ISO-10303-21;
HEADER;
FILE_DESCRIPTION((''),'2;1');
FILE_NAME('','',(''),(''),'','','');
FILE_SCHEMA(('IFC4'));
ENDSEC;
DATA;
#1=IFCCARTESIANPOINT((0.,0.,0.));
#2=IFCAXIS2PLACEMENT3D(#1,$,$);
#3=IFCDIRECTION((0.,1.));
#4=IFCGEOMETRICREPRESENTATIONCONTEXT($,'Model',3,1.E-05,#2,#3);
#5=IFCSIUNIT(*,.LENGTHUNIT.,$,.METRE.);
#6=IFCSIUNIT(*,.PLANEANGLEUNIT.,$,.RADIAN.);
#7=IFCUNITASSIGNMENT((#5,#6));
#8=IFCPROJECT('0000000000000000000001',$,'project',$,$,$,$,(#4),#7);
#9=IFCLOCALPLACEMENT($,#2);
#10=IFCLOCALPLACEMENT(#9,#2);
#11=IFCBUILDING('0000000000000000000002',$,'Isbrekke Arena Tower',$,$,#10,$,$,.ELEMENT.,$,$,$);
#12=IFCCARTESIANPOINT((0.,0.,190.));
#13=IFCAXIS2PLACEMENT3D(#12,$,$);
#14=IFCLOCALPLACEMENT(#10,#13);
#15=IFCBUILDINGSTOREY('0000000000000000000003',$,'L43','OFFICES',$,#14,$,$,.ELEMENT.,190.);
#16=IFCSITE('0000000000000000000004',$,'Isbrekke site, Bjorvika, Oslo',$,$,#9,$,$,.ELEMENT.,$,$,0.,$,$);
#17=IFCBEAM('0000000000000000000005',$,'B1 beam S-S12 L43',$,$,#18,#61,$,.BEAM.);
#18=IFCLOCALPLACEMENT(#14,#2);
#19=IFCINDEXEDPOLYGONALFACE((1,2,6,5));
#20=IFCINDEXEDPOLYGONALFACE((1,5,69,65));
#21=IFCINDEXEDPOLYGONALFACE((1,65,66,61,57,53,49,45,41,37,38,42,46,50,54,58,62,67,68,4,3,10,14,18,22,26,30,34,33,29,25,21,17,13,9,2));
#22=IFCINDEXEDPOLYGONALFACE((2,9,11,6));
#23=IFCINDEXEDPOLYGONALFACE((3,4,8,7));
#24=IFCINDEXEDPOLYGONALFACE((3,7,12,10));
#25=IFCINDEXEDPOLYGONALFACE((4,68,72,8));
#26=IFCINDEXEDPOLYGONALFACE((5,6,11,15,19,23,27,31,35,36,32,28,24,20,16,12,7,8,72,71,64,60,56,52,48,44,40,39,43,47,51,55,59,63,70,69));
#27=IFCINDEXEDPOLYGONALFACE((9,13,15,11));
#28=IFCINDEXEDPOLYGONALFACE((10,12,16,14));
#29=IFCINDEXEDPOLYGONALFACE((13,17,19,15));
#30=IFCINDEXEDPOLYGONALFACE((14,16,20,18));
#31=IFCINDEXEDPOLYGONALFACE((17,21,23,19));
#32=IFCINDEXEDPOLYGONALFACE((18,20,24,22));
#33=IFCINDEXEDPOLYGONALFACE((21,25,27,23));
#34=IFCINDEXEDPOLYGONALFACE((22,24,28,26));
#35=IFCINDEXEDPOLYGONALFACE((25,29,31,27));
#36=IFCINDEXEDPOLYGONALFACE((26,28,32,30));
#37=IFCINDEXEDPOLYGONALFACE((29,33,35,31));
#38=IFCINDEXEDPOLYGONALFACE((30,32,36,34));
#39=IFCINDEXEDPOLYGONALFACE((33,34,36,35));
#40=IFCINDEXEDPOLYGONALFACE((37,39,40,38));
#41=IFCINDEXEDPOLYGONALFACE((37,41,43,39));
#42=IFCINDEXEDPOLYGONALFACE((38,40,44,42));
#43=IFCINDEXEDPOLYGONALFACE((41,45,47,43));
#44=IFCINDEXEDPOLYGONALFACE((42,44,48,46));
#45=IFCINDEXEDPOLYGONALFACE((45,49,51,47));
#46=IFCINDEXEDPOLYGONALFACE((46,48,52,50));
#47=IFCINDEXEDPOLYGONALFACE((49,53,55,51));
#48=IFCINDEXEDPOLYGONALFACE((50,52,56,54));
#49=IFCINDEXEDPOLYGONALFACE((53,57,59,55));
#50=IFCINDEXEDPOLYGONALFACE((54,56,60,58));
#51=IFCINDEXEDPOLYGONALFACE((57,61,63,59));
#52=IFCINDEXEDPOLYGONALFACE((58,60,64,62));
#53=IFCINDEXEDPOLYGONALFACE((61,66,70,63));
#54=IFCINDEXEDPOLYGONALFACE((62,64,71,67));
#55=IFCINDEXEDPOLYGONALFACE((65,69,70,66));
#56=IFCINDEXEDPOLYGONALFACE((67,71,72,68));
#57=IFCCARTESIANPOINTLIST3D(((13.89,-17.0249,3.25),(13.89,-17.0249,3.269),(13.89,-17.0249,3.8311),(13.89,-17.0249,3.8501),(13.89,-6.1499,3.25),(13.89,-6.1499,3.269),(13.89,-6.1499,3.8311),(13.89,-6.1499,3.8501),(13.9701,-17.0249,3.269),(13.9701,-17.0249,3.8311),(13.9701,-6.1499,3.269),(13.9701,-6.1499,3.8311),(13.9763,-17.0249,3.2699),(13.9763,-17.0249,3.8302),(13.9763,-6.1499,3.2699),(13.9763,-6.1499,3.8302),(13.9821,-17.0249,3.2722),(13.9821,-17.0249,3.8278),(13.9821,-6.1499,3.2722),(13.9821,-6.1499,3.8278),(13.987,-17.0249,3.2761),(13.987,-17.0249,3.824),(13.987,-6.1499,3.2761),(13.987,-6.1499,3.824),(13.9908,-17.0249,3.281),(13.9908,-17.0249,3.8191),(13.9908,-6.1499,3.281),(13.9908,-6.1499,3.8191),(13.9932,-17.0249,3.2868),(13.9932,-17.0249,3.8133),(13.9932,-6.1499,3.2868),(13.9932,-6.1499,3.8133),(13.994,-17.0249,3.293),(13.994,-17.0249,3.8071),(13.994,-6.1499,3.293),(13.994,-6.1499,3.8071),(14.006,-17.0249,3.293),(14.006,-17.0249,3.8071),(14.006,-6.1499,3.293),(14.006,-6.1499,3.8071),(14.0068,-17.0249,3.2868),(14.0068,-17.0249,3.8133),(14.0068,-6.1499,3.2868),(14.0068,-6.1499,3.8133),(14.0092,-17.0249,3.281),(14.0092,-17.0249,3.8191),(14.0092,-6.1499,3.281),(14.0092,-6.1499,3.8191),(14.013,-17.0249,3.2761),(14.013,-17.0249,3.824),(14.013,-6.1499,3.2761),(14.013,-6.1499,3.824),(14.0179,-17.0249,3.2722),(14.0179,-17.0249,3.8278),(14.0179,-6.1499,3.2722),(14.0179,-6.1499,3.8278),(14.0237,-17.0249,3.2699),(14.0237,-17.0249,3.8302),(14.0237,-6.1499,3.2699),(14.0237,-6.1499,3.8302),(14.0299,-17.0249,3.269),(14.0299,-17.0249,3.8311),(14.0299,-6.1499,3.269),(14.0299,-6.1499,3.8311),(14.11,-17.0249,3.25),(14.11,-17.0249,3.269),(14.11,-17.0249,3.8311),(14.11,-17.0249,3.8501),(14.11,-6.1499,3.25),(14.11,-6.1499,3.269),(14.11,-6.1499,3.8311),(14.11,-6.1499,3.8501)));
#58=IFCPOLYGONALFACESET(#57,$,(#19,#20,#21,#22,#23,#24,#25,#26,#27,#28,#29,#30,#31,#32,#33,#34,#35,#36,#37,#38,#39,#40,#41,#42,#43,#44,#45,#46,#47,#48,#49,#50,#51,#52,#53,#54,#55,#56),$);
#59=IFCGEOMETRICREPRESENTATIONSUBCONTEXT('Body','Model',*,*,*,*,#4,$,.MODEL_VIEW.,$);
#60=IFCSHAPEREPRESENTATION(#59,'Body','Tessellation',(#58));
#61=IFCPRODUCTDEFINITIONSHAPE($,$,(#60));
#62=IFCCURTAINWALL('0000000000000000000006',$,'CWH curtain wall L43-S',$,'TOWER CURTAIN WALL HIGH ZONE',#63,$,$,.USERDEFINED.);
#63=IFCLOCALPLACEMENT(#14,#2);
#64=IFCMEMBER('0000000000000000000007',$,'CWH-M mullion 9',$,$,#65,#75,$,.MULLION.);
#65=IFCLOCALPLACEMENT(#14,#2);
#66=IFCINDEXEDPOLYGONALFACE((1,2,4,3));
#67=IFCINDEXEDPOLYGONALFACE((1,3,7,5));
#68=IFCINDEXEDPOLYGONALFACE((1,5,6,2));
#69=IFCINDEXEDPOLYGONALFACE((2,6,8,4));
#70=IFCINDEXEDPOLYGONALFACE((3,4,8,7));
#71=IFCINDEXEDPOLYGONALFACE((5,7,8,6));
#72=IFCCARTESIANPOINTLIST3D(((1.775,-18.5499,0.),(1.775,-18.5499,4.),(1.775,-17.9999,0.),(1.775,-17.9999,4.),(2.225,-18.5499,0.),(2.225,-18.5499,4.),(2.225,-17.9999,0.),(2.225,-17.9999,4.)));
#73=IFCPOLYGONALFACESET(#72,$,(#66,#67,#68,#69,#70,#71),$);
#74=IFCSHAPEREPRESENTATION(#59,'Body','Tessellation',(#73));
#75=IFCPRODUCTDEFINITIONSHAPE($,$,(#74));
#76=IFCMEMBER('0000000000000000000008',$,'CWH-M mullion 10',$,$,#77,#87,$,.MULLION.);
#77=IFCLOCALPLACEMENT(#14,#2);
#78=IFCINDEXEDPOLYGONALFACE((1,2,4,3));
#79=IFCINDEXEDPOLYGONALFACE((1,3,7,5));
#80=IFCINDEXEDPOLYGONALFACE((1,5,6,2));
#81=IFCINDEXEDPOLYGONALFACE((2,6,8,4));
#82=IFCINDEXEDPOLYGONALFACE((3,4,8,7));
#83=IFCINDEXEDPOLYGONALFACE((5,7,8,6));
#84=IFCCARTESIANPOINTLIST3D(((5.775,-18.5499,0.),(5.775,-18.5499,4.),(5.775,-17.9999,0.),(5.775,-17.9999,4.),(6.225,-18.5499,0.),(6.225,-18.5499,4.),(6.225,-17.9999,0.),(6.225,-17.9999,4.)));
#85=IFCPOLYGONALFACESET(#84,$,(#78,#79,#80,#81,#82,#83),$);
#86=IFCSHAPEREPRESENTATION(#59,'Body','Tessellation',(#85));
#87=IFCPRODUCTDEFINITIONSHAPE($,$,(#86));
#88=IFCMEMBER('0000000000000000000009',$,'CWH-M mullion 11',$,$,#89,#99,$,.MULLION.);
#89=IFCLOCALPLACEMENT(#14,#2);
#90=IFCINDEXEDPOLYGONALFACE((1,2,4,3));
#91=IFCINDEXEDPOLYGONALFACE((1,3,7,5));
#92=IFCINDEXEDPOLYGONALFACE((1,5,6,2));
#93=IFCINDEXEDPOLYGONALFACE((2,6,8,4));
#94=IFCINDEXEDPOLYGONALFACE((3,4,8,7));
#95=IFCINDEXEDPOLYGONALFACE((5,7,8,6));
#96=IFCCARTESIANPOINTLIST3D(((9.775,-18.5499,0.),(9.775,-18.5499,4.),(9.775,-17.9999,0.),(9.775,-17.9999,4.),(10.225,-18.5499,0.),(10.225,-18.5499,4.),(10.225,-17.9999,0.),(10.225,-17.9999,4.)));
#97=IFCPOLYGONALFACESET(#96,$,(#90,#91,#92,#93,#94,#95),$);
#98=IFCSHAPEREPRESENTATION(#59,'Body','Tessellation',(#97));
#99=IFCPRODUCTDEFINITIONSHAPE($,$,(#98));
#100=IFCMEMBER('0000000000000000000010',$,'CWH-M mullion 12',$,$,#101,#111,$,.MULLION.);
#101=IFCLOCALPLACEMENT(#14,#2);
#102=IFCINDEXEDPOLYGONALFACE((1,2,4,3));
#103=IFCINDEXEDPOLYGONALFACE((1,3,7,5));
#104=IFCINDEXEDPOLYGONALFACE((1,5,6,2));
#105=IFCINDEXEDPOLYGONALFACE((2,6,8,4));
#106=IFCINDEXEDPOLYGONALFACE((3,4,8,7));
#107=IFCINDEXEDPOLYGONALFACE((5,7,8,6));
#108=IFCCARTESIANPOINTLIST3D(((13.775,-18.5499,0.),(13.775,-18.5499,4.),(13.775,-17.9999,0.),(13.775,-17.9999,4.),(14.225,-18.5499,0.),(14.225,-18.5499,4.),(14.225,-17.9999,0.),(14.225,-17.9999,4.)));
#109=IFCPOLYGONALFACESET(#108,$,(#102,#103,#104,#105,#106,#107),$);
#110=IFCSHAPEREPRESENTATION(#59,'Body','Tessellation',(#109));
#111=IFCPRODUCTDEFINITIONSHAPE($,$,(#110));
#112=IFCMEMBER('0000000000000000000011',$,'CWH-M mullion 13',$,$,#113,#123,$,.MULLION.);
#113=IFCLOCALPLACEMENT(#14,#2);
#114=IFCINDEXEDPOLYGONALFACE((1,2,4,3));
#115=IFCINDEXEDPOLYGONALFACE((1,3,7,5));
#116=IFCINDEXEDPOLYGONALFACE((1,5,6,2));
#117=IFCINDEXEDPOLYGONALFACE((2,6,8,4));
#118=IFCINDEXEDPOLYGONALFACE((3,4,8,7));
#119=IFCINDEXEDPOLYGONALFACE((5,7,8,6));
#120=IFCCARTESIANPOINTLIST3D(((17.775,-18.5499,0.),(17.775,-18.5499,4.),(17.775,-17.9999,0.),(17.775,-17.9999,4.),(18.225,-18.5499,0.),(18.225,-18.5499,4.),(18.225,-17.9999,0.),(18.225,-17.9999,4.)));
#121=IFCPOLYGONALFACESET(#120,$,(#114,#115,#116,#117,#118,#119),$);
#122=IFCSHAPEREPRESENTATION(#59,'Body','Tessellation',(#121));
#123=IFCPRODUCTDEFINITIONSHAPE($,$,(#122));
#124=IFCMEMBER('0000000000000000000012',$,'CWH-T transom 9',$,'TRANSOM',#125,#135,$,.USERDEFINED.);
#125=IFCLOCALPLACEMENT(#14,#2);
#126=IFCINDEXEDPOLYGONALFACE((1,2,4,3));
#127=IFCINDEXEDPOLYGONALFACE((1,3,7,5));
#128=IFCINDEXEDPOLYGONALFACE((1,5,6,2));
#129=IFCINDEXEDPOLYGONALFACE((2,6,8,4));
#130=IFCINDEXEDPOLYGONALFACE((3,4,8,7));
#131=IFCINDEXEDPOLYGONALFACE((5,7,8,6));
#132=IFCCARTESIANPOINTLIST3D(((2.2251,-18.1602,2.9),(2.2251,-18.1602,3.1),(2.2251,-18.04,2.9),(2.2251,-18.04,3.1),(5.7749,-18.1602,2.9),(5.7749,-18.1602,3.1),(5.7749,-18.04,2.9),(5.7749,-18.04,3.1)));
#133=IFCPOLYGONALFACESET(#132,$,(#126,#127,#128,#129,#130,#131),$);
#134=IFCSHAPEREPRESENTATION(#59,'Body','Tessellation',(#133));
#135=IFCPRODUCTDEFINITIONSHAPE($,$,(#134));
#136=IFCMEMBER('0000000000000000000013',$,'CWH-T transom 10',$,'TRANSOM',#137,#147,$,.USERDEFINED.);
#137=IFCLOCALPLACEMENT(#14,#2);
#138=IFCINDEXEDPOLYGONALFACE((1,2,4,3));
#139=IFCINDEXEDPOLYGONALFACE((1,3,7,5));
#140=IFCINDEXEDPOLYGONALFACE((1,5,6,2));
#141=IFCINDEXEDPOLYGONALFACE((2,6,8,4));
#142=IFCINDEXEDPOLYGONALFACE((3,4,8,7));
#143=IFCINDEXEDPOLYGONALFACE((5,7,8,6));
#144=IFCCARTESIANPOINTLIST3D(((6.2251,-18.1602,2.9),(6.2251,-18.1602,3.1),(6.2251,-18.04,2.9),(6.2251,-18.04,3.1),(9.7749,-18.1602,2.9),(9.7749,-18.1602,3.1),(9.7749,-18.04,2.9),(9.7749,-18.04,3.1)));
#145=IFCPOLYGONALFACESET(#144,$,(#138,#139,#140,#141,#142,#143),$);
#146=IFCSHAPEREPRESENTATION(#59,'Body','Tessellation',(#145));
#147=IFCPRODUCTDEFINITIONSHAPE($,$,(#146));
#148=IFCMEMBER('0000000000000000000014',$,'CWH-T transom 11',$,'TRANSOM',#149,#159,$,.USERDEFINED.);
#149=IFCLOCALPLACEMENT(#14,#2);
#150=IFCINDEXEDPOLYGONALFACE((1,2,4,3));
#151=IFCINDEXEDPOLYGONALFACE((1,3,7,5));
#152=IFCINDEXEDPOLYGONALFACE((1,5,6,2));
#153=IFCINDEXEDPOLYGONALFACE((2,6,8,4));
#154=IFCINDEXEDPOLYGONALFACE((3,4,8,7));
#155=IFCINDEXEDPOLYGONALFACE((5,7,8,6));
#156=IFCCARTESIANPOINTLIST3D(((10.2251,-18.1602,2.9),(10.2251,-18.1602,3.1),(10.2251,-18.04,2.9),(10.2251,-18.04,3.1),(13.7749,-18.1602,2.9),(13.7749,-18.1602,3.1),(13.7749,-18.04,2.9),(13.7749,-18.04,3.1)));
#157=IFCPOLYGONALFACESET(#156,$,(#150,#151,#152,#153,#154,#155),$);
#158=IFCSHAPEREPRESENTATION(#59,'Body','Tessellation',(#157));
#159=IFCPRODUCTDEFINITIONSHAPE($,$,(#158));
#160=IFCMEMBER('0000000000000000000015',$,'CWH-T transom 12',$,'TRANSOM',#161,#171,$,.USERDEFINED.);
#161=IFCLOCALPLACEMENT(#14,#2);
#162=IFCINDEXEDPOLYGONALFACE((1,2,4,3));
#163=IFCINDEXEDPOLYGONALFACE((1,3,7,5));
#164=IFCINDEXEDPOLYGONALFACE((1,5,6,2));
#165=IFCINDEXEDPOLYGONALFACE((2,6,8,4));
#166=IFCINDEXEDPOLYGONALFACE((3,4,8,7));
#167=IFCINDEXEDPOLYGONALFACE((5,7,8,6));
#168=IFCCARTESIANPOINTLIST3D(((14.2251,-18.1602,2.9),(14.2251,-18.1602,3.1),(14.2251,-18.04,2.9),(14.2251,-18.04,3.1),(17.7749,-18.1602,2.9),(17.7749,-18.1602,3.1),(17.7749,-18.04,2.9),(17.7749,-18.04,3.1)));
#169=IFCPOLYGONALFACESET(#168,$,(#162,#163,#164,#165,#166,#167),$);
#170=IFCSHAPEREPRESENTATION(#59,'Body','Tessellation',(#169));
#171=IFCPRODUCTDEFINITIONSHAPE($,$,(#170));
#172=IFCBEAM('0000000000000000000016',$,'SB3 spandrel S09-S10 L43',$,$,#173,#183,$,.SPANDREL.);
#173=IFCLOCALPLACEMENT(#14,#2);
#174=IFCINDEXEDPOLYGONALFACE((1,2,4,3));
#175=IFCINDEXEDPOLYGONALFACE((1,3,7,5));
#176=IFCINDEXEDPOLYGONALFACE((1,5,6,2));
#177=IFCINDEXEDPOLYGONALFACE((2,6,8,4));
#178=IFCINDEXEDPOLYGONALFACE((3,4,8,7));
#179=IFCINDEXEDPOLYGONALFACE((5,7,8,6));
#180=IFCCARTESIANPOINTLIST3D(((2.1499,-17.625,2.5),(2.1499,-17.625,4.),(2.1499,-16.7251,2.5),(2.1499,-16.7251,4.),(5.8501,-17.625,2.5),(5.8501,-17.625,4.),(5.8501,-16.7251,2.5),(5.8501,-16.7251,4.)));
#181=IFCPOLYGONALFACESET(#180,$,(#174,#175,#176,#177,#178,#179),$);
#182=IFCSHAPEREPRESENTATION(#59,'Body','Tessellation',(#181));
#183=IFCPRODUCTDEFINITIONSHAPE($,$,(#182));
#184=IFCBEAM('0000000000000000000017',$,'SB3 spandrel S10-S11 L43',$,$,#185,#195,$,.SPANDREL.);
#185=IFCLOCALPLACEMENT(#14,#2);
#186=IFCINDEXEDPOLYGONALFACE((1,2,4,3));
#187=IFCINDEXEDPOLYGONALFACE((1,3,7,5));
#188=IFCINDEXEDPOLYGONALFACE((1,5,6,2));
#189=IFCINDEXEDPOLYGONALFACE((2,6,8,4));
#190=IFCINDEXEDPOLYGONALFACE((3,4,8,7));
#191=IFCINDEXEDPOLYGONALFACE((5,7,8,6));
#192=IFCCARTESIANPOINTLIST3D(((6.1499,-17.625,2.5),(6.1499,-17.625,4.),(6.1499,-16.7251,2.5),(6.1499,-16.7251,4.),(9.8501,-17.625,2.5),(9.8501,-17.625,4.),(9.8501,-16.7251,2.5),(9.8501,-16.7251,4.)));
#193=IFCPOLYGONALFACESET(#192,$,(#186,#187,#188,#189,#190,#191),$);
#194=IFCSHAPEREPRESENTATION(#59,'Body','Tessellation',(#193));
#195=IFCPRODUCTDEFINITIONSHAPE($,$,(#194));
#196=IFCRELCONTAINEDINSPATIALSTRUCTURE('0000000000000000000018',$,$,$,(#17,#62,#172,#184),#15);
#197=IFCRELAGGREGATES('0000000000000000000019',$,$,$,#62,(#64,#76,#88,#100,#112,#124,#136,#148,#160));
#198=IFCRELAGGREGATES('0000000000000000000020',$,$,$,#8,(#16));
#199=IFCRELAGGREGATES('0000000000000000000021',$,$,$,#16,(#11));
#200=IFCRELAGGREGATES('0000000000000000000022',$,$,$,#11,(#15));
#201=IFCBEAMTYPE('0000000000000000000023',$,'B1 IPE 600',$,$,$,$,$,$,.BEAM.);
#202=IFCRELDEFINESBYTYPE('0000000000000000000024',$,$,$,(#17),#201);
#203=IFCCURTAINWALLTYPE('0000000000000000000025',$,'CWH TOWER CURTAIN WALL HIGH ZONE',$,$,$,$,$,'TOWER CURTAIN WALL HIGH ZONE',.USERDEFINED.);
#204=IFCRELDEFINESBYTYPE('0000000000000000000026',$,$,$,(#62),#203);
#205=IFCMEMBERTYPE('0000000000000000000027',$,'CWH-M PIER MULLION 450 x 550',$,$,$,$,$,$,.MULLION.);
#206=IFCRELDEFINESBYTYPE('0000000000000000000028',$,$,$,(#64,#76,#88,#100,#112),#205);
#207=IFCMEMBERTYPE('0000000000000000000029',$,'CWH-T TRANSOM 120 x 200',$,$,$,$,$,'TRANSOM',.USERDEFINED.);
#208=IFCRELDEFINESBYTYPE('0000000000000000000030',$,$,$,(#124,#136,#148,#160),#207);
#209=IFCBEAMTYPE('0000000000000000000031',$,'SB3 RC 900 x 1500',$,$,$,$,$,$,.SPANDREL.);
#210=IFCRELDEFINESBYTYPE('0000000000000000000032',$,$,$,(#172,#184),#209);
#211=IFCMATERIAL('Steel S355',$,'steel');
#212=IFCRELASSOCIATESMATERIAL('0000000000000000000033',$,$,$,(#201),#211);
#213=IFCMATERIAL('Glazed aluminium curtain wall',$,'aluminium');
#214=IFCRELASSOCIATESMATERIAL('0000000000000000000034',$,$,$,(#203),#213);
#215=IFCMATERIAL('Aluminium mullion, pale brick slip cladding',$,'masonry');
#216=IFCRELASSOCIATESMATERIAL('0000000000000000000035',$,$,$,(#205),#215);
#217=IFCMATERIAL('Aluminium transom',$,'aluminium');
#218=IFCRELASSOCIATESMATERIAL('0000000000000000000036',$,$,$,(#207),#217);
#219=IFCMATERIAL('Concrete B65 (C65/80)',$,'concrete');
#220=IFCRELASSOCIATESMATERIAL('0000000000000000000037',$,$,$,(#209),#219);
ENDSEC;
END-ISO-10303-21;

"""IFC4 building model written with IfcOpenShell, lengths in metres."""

from ifc_helpers import new_model, si_unit, direction, frame, origin, origin_2d, place, context, subcontext, project, spatial, rectangle, i_section, extrude, material, material_profile, profile_set, type_object, element, aggregate, save


model = new_model("IFC4")

# Units and contexts
model_context = context("Model", 3, precision=1e-05, world=origin(), true_north=direction((0.0, 1.0)))
body_context = subcontext(model_context, "Body", "Model", "MODEL_VIEW")
ifc_project = project(units=[si_unit("LENGTHUNIT", "METRE"), si_unit("PLANEANGLEUNIT", "RADIAN")], contexts=[model_context])

# Site, building, storey
site_placement = place(None, origin())
site = spatial("IfcSite", under=ifc_project, at=site_placement, Name="Isbrekke site, Bjorvika, Oslo", CompositionType="ELEMENT", RefElevation=0.0)
building_placement = place(site_placement, origin())
building = spatial("IfcBuilding", under=site, at=building_placement, Name="Isbrekke Arena Tower", CompositionType="ELEMENT")
storey_placement = place(building_placement, frame((0.0, 0.0, 190.0)))
storey = spatial("IfcBuildingStorey", under=building, at=storey_placement, Name="L43", Description="OFFICES", CompositionType="ELEMENT", Elevation=190.0)

# Beam
ifc_material_1 = material(Name="Steel S355", Category="steel")
ifc_material_profile_1 = material_profile(ifc_material_1, i_section(OverallWidth=0.22, OverallDepth=0.6001, WebThickness=0.012, FlangeThickness=0.019, FilletRadius=0.0239, at=origin_2d()), Name="IPE 600")
ifc_profile_set_1 = profile_set([ifc_material_profile_1], Name="Steel S355")
beam_type_1 = type_object("IfcBeamType", Name="B1 IPE 600", PredefinedType="BEAM", material=ifc_profile_set_1)
beam_placement = place(storey_placement, frame((14.0, -17.0249, 3.55), z_axis=(0.0, 1.0, 0.0), x_axis=(-1.0, 0.0, 0.0)))
element("IfcBeam", 1, at=beam_placement, inside=storey, type_object=beam_type_1, Name="B1 beam S-S12 L43", PredefinedType="BEAM", context=body_context, shape_type="SweptSolid", body=[
    extrude(i_section(OverallWidth=0.22, OverallDepth=0.6001, WebThickness=0.012, FlangeThickness=0.019, FilletRadius=0.0239, at=origin_2d()), origin(), (0.0, 0.0, 1.0), 10.875),
])

# Curtain wall, members
ifc_material_2 = material(Name="Glazed aluminium curtain wall", Category="aluminium")
curtain_wall_type = type_object("IfcCurtainWallType", Name="CWH TOWER CURTAIN WALL HIGH ZONE", ElementType="TOWER CURTAIN WALL HIGH ZONE", PredefinedType="USERDEFINED", material=ifc_material_2)
curtain_wall_placement = place(storey_placement, origin())
curtain_wall = element("IfcCurtainWall", 2, at=curtain_wall_placement, inside=storey, type_object=curtain_wall_type, Name="CWH curtain wall L43-S", ObjectType="TOWER CURTAIN WALL HIGH ZONE", PredefinedType="USERDEFINED")
ifc_material_3 = material(Name="Aluminium mullion, pale brick slip cladding", Category="masonry")
ifc_material_profile_2 = material_profile(ifc_material_3, rectangle(XDim=0.45, YDim=0.55, at=origin_2d()), Name="PIER 450X550")
ifc_profile_set_2 = profile_set([ifc_material_profile_2], Name="Aluminium mullion, pale brick slip cladding")
member_type_1 = type_object("IfcMemberType", Name="CWH-M PIER MULLION 450 x 550", PredefinedType="MULLION", material=ifc_profile_set_2)
member_1_placement = place(storey_placement, frame((2.0, -18.2749, 0.0), z_axis=(0.0, 0.0, 1.0), x_axis=(1.0, 0.0, 0.0)))
member_1 = element("IfcMember", 3, at=member_1_placement, type_object=member_type_1, Name="CWH-M mullion 9", PredefinedType="MULLION", context=body_context, shape_type="SweptSolid", body=[
    extrude(rectangle(XDim=0.45, YDim=0.55, at=origin_2d()), origin(), (0.0, 0.0, 1.0), 4.0),
])
member_2_placement = place(storey_placement, frame((6.0, -18.2749, 0.0), z_axis=(0.0, 0.0, 1.0), x_axis=(1.0, 0.0, 0.0)))
member_2 = element("IfcMember", 4, at=member_2_placement, type_object=member_type_1, Name="CWH-M mullion 10", PredefinedType="MULLION", context=body_context, shape_type="SweptSolid", body=[
    extrude(rectangle(XDim=0.45, YDim=0.55, at=origin_2d()), origin(), (0.0, 0.0, 1.0), 4.0),
])
member_3_placement = place(storey_placement, frame((10.0, -18.2749, 0.0), z_axis=(0.0, 0.0, 1.0), x_axis=(1.0, 0.0, 0.0)))
member_3 = element("IfcMember", 5, at=member_3_placement, type_object=member_type_1, Name="CWH-M mullion 11", PredefinedType="MULLION", context=body_context, shape_type="SweptSolid", body=[
    extrude(rectangle(XDim=0.45, YDim=0.55, at=origin_2d()), origin(), (0.0, 0.0, 1.0), 4.0),
])
member_4_placement = place(storey_placement, frame((14.0, -18.2749, 0.0), z_axis=(0.0, 0.0, 1.0), x_axis=(1.0, 0.0, 0.0)))
member_4 = element("IfcMember", 6, at=member_4_placement, type_object=member_type_1, Name="CWH-M mullion 12", PredefinedType="MULLION", context=body_context, shape_type="SweptSolid", body=[
    extrude(rectangle(XDim=0.45, YDim=0.55, at=origin_2d()), origin(), (0.0, 0.0, 1.0), 4.0),
])
member_5_placement = place(storey_placement, frame((18.0, -18.2749, 0.0), z_axis=(0.0, 0.0, 1.0), x_axis=(1.0, 0.0, 0.0)))
member_5 = element("IfcMember", 7, at=member_5_placement, type_object=member_type_1, Name="CWH-M mullion 13", PredefinedType="MULLION", context=body_context, shape_type="SweptSolid", body=[
    extrude(rectangle(XDim=0.45, YDim=0.55, at=origin_2d()), origin(), (0.0, 0.0, 1.0), 4.0),
])
ifc_material_4 = material(Name="Aluminium transom", Category="aluminium")
ifc_material_profile_3 = material_profile(ifc_material_4, rectangle(XDim=0.1201, YDim=0.2, at=origin_2d()), Name="TRANSOM 120X200")
ifc_profile_set_3 = profile_set([ifc_material_profile_3], Name="Aluminium transom")
member_type_2 = type_object("IfcMemberType", Name="CWH-T TRANSOM 120 x 200", ElementType="TRANSOM", PredefinedType="USERDEFINED", material=ifc_profile_set_3)
member_6_placement = place(storey_placement, frame((2.2251, -18.1001, 3.0), z_axis=(1.0, 0.0, 0.0), x_axis=(0.0, 1.0, 0.0)))
member_6 = element("IfcMember", 8, at=member_6_placement, type_object=member_type_2, Name="CWH-T transom 9", ObjectType="TRANSOM", PredefinedType="USERDEFINED", context=body_context, shape_type="SweptSolid", body=[
    extrude(rectangle(XDim=0.1201, YDim=0.2, at=origin_2d()), origin(), (0.0, 0.0, 1.0), 3.5498),
])
member_7_placement = place(storey_placement, frame((6.2251, -18.1001, 3.0), z_axis=(1.0, 0.0, 0.0), x_axis=(0.0, 1.0, 0.0)))
member_7 = element("IfcMember", 9, at=member_7_placement, type_object=member_type_2, Name="CWH-T transom 10", ObjectType="TRANSOM", PredefinedType="USERDEFINED", context=body_context, shape_type="SweptSolid", body=[
    extrude(rectangle(XDim=0.1201, YDim=0.2, at=origin_2d()), origin(), (0.0, 0.0, 1.0), 3.5498),
])
member_8_placement = place(storey_placement, frame((10.2251, -18.1001, 3.0), z_axis=(1.0, 0.0, 0.0), x_axis=(0.0, 1.0, 0.0)))
member_8 = element("IfcMember", 10, at=member_8_placement, type_object=member_type_2, Name="CWH-T transom 11", ObjectType="TRANSOM", PredefinedType="USERDEFINED", context=body_context, shape_type="SweptSolid", body=[
    extrude(rectangle(XDim=0.1201, YDim=0.2, at=origin_2d()), origin(), (0.0, 0.0, 1.0), 3.5498),
])
member_9_placement = place(storey_placement, frame((14.2251, -18.1001, 3.0), z_axis=(1.0, 0.0, 0.0), x_axis=(0.0, 1.0, 0.0)))
member_9 = element("IfcMember", 11, at=member_9_placement, type_object=member_type_2, Name="CWH-T transom 12", ObjectType="TRANSOM", PredefinedType="USERDEFINED", context=body_context, shape_type="SweptSolid", body=[
    extrude(rectangle(XDim=0.1201, YDim=0.2, at=origin_2d()), origin(), (0.0, 0.0, 1.0), 3.5498),
])

# Beams
ifc_material_5 = material(Name="Concrete B65 (C65/80)", Category="concrete")
ifc_material_profile_4 = material_profile(ifc_material_5, rectangle(XDim=0.8999, YDim=1.5, at=origin_2d()), Name="RC 900x1500")
ifc_profile_set_4 = profile_set([ifc_material_profile_4], Name="Concrete B65 (C65/80)")
beam_type_2 = type_object("IfcBeamType", Name="SB3 RC 900 x 1500", PredefinedType="SPANDREL", material=ifc_profile_set_4)
for number, where, z_axis, x_axis, name in (
    (12, (2.1499, -17.175, 3.25), (1.0, 0.0, 0.0), (0.0, 1.0, 0.0), "SB3 spandrel S09-S10 L43"),
    (13, (6.1499, -17.175, 3.25), (1.0, 0.0, 0.0), (0.0, 1.0, 0.0), "SB3 spandrel S10-S11 L43"),
):
    element("IfcBeam", number, at=place(storey_placement, frame(where, z_axis=z_axis, x_axis=x_axis)), inside=storey, type_object=beam_type_2, Name=name, PredefinedType="SPANDREL", context=body_context, shape_type="SweptSolid", body=[
        extrude(rectangle(XDim=0.8999, YDim=1.5, at=origin_2d()), origin(), (0.0, 0.0, 1.0), 3.7002),
    ])

aggregate(curtain_wall, [member_1, member_2, member_3, member_4, member_5, member_6, member_7, member_8, member_9])

save(model, "model.ifc")
